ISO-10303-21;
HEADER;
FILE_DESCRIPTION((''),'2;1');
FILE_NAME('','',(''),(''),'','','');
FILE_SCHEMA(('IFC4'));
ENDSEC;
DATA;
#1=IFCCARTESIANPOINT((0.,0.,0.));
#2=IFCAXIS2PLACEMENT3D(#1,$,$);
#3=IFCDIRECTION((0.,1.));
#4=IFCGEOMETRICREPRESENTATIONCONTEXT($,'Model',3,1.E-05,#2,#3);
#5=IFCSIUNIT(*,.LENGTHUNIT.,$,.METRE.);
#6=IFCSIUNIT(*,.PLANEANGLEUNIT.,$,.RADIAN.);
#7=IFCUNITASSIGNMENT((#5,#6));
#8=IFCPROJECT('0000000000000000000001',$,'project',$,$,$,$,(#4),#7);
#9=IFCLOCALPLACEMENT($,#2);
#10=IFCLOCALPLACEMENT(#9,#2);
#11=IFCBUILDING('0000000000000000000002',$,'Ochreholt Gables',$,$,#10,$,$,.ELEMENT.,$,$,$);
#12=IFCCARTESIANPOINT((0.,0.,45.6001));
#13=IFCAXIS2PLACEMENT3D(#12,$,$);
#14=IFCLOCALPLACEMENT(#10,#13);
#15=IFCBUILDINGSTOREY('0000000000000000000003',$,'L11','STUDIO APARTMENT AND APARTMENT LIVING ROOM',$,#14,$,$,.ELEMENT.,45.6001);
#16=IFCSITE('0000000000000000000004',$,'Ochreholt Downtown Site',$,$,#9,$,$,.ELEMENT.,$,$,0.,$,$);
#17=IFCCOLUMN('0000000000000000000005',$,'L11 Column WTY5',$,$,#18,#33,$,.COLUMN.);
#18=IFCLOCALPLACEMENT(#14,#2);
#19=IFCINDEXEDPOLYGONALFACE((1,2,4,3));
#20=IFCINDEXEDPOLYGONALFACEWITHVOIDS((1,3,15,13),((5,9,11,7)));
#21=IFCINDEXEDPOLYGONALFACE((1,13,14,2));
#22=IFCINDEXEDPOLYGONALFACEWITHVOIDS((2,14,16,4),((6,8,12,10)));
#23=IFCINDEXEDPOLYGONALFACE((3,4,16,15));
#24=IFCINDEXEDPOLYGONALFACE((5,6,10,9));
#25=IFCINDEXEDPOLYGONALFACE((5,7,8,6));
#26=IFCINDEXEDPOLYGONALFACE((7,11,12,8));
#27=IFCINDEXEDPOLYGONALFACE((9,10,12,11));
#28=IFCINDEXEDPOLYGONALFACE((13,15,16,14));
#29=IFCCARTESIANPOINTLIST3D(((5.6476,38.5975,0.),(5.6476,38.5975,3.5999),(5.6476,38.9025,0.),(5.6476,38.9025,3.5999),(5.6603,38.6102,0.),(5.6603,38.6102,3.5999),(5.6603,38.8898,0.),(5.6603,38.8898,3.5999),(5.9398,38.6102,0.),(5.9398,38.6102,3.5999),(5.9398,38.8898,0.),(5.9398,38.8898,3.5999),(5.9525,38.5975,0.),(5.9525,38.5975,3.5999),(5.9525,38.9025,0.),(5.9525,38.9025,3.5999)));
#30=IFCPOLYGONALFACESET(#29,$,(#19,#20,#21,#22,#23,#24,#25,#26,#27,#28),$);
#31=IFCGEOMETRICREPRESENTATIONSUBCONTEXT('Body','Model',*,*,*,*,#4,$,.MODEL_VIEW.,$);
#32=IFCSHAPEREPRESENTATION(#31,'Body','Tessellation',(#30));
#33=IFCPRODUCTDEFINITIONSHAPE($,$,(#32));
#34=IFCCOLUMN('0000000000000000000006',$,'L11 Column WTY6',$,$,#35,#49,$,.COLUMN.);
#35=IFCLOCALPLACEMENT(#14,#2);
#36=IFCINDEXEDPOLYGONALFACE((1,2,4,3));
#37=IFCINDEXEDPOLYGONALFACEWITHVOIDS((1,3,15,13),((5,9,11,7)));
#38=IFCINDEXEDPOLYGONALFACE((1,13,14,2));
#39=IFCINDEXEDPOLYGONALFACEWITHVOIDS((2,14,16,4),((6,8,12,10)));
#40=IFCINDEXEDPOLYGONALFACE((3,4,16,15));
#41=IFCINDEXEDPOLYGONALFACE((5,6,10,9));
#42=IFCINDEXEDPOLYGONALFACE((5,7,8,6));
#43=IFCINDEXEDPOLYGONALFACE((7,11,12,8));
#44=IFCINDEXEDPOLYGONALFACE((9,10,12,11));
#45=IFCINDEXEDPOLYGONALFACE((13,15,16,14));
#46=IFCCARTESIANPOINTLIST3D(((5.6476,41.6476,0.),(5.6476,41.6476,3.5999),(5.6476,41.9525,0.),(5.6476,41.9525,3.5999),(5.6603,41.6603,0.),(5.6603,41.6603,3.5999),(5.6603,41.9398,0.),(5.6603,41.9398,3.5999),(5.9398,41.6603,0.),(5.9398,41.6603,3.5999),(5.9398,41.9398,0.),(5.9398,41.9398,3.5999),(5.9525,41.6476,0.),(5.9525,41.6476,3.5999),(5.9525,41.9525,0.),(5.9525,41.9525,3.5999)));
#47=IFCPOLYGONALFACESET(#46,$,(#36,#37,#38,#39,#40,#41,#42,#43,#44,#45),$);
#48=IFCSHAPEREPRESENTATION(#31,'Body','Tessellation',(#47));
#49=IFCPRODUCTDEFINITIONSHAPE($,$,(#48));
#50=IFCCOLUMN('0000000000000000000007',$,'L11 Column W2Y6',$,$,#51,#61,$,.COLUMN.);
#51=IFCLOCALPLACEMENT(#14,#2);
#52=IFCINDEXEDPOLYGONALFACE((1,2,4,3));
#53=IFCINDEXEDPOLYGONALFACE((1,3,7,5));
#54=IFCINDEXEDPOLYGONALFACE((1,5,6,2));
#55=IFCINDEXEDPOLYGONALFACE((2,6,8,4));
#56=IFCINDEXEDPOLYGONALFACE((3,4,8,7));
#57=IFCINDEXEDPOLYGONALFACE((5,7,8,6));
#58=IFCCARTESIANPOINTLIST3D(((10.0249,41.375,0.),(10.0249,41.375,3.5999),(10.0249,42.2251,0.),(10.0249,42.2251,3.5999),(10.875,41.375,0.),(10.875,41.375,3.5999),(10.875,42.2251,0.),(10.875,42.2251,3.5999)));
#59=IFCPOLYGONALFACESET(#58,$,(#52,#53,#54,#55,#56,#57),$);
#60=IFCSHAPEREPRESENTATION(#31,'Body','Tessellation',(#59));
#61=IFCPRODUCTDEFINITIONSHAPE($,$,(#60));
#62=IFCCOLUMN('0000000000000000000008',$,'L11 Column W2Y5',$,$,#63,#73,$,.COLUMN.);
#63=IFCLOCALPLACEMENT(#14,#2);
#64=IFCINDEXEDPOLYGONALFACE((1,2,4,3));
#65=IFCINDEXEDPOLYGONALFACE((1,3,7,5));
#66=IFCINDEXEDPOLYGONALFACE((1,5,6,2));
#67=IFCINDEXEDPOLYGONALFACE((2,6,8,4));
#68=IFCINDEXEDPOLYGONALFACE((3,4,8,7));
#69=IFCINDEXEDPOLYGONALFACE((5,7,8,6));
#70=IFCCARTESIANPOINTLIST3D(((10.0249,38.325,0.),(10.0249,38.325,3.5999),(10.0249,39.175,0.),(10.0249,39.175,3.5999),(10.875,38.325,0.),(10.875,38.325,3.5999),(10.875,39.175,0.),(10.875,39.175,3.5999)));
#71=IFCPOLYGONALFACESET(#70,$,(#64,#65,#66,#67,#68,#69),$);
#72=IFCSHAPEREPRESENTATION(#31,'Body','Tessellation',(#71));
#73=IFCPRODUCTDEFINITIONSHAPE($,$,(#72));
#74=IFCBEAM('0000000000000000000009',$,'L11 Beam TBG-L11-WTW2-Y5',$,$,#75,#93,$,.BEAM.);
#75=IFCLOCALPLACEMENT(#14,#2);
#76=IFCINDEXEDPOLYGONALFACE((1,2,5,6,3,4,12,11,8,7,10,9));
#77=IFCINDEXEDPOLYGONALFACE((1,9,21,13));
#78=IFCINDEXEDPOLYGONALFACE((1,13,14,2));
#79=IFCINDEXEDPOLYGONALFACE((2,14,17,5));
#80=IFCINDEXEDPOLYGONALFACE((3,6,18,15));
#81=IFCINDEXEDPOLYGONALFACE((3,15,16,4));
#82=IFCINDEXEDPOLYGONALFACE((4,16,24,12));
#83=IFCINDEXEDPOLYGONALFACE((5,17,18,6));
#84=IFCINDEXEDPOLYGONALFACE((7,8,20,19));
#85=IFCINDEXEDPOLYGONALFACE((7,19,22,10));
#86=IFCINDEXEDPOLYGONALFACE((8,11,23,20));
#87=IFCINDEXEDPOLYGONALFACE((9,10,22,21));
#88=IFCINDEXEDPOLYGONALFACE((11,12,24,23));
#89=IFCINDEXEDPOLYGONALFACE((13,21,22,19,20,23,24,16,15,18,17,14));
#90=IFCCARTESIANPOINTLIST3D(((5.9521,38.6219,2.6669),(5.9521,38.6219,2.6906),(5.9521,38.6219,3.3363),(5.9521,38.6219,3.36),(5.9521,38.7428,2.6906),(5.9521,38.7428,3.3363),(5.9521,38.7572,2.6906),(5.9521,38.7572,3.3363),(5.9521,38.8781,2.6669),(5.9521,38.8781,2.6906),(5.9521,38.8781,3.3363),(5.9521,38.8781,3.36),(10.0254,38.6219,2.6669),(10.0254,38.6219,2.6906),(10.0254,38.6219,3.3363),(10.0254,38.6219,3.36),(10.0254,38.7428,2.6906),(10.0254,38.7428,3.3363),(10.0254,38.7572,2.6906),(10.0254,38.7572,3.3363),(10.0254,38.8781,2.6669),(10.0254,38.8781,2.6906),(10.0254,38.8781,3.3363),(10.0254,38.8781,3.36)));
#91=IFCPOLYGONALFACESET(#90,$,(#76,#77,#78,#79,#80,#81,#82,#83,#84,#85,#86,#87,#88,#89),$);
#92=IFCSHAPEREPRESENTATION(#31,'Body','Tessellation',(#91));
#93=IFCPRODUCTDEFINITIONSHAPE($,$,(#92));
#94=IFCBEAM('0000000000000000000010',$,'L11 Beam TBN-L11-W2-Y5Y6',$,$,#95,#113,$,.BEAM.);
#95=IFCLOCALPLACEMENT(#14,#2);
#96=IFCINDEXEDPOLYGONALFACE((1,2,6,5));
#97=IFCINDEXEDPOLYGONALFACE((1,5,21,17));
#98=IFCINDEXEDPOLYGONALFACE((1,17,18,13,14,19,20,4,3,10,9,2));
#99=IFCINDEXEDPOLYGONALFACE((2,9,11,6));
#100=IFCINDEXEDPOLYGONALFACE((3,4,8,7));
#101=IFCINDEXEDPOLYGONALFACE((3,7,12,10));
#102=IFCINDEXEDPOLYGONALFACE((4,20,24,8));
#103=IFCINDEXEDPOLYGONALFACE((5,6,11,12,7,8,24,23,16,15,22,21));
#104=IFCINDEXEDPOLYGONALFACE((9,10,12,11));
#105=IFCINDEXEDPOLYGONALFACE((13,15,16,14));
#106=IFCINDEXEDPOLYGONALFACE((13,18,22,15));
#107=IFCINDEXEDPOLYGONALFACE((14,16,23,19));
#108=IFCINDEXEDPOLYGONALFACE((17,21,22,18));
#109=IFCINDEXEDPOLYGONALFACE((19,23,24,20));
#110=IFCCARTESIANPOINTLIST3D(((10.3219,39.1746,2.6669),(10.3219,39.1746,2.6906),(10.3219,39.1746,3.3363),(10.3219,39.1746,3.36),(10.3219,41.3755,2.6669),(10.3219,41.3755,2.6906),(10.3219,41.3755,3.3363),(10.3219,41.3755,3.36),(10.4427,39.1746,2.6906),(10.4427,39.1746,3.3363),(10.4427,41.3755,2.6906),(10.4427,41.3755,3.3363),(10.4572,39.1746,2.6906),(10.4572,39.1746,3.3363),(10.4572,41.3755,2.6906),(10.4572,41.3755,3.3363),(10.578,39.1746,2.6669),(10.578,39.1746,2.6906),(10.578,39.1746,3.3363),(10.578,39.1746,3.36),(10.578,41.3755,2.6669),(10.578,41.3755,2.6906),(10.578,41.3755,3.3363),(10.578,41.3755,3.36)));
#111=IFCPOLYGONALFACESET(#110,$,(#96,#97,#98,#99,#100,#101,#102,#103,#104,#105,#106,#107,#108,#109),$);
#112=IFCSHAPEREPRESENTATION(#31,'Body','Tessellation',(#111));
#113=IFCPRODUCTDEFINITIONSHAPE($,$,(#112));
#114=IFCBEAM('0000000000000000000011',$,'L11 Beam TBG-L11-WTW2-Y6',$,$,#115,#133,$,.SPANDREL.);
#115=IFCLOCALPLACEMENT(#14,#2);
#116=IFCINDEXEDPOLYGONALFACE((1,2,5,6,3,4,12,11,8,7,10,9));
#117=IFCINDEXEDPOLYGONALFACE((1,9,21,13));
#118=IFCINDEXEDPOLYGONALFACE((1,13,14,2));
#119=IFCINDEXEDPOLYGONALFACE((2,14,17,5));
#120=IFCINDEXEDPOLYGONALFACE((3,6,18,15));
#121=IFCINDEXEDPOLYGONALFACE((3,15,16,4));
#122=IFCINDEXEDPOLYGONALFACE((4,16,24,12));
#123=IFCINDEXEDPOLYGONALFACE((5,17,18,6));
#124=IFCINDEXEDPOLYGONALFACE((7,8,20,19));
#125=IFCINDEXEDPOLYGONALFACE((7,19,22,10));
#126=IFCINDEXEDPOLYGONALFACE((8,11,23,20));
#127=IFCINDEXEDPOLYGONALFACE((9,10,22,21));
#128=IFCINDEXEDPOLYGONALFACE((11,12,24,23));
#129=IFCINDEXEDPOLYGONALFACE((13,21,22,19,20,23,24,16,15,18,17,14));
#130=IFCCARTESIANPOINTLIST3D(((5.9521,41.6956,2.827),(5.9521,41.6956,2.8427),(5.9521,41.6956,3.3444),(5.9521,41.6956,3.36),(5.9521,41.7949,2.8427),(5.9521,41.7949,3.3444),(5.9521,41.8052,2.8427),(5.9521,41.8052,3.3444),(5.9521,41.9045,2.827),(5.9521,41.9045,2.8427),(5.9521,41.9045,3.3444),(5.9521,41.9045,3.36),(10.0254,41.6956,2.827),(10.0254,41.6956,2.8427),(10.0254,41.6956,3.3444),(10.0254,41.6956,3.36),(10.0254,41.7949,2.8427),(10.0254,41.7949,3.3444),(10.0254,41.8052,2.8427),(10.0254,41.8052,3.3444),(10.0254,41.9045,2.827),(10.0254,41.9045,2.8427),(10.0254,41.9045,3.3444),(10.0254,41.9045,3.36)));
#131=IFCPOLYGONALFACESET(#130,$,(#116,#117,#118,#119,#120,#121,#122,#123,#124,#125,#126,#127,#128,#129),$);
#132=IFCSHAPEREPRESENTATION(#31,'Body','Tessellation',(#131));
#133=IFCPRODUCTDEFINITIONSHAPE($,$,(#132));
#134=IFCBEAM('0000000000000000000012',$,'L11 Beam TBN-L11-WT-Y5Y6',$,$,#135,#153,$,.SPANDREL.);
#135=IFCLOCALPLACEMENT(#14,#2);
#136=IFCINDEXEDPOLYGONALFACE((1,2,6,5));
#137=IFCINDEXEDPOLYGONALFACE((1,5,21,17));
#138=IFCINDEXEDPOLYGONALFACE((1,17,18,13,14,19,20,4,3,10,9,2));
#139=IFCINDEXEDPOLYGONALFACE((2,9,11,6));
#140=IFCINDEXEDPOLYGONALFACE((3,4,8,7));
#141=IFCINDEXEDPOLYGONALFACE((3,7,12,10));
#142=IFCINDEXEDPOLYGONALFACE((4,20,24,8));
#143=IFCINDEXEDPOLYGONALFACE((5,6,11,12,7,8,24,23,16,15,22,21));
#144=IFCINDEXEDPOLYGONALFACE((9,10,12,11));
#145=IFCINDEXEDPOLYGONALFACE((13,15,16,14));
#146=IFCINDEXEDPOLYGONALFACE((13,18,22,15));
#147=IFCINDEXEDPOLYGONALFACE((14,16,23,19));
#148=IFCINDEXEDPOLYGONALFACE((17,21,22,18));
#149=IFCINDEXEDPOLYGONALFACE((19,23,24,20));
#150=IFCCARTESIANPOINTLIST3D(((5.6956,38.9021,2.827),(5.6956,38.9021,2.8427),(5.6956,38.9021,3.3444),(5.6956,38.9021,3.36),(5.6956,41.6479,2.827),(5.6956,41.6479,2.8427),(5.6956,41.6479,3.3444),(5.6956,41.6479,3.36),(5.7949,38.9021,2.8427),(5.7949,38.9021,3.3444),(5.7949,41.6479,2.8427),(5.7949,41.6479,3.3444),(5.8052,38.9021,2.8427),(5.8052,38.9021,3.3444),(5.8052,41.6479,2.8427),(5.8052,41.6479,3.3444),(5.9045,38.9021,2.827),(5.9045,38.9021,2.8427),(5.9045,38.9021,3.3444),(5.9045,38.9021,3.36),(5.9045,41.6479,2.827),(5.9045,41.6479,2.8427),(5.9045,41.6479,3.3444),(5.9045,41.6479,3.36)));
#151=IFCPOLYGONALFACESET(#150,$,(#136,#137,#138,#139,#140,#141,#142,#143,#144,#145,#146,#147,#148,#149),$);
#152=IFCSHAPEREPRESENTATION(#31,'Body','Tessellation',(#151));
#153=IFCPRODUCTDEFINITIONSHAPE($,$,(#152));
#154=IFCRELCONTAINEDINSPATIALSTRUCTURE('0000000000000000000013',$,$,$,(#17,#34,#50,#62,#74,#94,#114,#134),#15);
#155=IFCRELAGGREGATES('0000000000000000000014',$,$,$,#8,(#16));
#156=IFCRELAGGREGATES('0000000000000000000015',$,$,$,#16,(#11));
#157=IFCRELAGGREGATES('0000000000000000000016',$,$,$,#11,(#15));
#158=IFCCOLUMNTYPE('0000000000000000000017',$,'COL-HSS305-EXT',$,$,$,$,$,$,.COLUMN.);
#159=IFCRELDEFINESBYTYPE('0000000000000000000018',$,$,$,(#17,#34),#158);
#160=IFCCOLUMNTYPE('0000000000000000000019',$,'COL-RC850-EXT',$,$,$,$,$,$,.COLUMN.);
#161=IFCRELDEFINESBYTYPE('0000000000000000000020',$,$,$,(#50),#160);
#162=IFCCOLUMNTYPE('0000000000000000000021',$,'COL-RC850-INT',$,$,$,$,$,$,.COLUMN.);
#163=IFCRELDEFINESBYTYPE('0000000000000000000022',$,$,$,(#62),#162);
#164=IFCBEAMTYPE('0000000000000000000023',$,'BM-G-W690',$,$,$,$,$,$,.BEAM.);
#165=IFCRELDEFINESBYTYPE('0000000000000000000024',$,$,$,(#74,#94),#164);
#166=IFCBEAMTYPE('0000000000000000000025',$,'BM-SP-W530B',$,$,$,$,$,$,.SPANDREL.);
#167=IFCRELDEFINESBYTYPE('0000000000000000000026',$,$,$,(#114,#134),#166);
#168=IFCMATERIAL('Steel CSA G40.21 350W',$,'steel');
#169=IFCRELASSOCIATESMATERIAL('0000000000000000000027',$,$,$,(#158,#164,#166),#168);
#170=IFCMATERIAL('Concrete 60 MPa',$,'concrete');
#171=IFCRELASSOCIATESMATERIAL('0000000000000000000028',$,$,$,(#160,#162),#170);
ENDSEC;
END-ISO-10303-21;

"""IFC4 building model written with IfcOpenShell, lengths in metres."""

from ifc_helpers import new_model, si_unit, direction, frame, origin, origin_2d, place, context, subcontext, project, spatial, rectangle, hollow_rectangle, i_section, extrude, material, material_profile, profile_set, type_object, element, save


model = new_model("IFC4")

# Units and contexts
model_context = context("Model", 3, precision=1e-05, world=origin(), true_north=direction((0.0, 1.0)))
body_context = subcontext(model_context, "Body", "Model", "MODEL_VIEW")
ifc_project = project(units=[si_unit("LENGTHUNIT", "METRE"), si_unit("PLANEANGLEUNIT", "RADIAN")], contexts=[model_context])

# Site, building, storey
site_placement = place(None, origin())
site = spatial("IfcSite", under=ifc_project, at=site_placement, Name="Ochreholt Downtown Site", CompositionType="ELEMENT", RefElevation=0.0)
building_placement = place(site_placement, origin())
building = spatial("IfcBuilding", under=site, at=building_placement, Name="Ochreholt Gables", CompositionType="ELEMENT")
storey_placement = place(building_placement, frame((0.0, 0.0, 45.6001)))
storey = spatial("IfcBuildingStorey", under=building, at=storey_placement, Name="L11", Description="STUDIO APARTMENT AND APARTMENT LIVING ROOM", CompositionType="ELEMENT", Elevation=45.6001)

# Columns
ifc_material_1 = material(Name="Steel CSA G40.21 350W", Category="steel")
ifc_material_profile_1 = material_profile(ifc_material_1, hollow_rectangle(XDim=0.3049, YDim=0.3049, WallThickness=0.0127, at=origin_2d()), Name="HSS305X305X13")
ifc_profile_set_1 = profile_set([ifc_material_profile_1], Name="Steel CSA G40.21 350W")
column_type_1 = type_object("IfcColumnType", Name="COL-HSS305-EXT", PredefinedType="COLUMN", material=ifc_profile_set_1)
for number, where, z_axis, x_axis, name in (
    (1, (5.8, 38.75, 0.0), (0.0, 0.0, 1.0), (1.0, 0.0, 0.0), "L11 Column WTY5"),
    (2, (5.8, 41.8, 0.0), (0.0, 0.0, 1.0), (1.0, 0.0, 0.0), "L11 Column WTY6"),
):
    element("IfcColumn", number, at=place(storey_placement, frame(where, z_axis=z_axis, x_axis=x_axis)), inside=storey, type_object=column_type_1, Name=name, PredefinedType="COLUMN", context=body_context, shape_type="SweptSolid", body=[
        extrude(hollow_rectangle(XDim=0.3049, YDim=0.3049, WallThickness=0.0127, at=origin_2d()), origin(), (0.0, 0.0, 1.0), 3.5999),
    ])
ifc_material_2 = material(Name="Concrete 60 MPa", Category="concrete")
ifc_material_profile_2 = material_profile(ifc_material_2, rectangle(XDim=0.8501, YDim=0.8501, at=origin_2d()), Name="RC850X850")
ifc_profile_set_2 = profile_set([ifc_material_profile_2], Name="Concrete 60 MPa")
column_type_2 = type_object("IfcColumnType", Name="COL-RC850-EXT", PredefinedType="COLUMN", material=ifc_profile_set_2)
column_1_placement = place(storey_placement, frame((10.45, 41.8, 0.0), z_axis=(0.0, 0.0, 1.0), x_axis=(1.0, 0.0, 0.0)))
element("IfcColumn", 3, at=column_1_placement, inside=storey, type_object=column_type_2, Name="L11 Column W2Y6", PredefinedType="COLUMN", context=body_context, shape_type="SweptSolid", body=[
    extrude(rectangle(XDim=0.8501, YDim=0.8501, at=origin_2d()), origin(), (0.0, 0.0, 1.0), 3.5999),
])
ifc_material_profile_3 = material_profile(ifc_material_2, rectangle(XDim=0.8501, YDim=0.8501, at=origin_2d()), Name="RC850X850")
ifc_profile_set_3 = profile_set([ifc_material_profile_3], Name="Concrete 60 MPa")
column_type_3 = type_object("IfcColumnType", Name="COL-RC850-INT", PredefinedType="COLUMN", material=ifc_profile_set_3)
column_2_placement = place(storey_placement, frame((10.45, 38.75, 0.0), z_axis=(0.0, 0.0, 1.0), x_axis=(1.0, 0.0, 0.0)))
element("IfcColumn", 4, at=column_2_placement, inside=storey, type_object=column_type_3, Name="L11 Column W2Y5", PredefinedType="COLUMN", context=body_context, shape_type="SweptSolid", body=[
    extrude(rectangle(XDim=0.8501, YDim=0.8501, at=origin_2d()), origin(), (0.0, 0.0, 1.0), 3.5999),
])

# Beams
ifc_material_profile_4 = material_profile(ifc_material_1, i_section(OverallWidth=0.2561, OverallDepth=0.6931, WebThickness=0.0144, FlangeThickness=0.0237, at=origin_2d()), Name="W690X170")
ifc_profile_set_4 = profile_set([ifc_material_profile_4], Name="Steel CSA G40.21 350W")
beam_type_1 = type_object("IfcBeamType", Name="BM-G-W690", PredefinedType="BEAM", material=ifc_profile_set_4)
beam_1_placement = place(storey_placement, frame((5.9521, 38.75, 3.0134), z_axis=(1.0, 0.0, 0.0), x_axis=(0.0, 1.0, 0.0)))
element("IfcBeam", 5, at=beam_1_placement, inside=storey, type_object=beam_type_1, Name="L11 Beam TBG-L11-WTW2-Y5", PredefinedType="BEAM", context=body_context, shape_type="SweptSolid", body=[
    extrude(i_section(OverallWidth=0.2561, OverallDepth=0.6931, WebThickness=0.0144, FlangeThickness=0.0237, at=origin_2d()), origin(), (0.0, 0.0, 1.0), 4.0732),
])
beam_2_placement = place(storey_placement, frame((10.45, 39.1746, 3.0134), z_axis=(0.0, 1.0, 0.0), x_axis=(-1.0, 0.0, 0.0)))
element("IfcBeam", 6, at=beam_2_placement, inside=storey, type_object=beam_type_1, Name="L11 Beam TBN-L11-W2-Y5Y6", PredefinedType="BEAM", context=body_context, shape_type="SweptSolid", body=[
    extrude(i_section(OverallWidth=0.2561, OverallDepth=0.6931, WebThickness=0.0144, FlangeThickness=0.0237, at=origin_2d()), origin(), (0.0, 0.0, 1.0), 2.2009),
])
ifc_material_profile_5 = material_profile(ifc_material_1, i_section(OverallWidth=0.209, OverallDepth=0.533, WebThickness=0.0103, FlangeThickness=0.0156, at=origin_2d()), Name="W530X92")
ifc_profile_set_5 = profile_set([ifc_material_profile_5], Name="Steel CSA G40.21 350W")
beam_type_2 = type_object("IfcBeamType", Name="BM-SP-W530B", PredefinedType="SPANDREL", material=ifc_profile_set_5)
beam_3_placement = place(storey_placement, frame((5.9521, 41.8, 3.0935), z_axis=(1.0, 0.0, 0.0), x_axis=(0.0, 1.0, 0.0)))
element("IfcBeam", 7, at=beam_3_placement, inside=storey, type_object=beam_type_2, Name="L11 Beam TBG-L11-WTW2-Y6", PredefinedType="SPANDREL", context=body_context, shape_type="SweptSolid", body=[
    extrude(i_section(OverallWidth=0.209, OverallDepth=0.533, WebThickness=0.0103, FlangeThickness=0.0156, at=origin_2d()), origin(), (0.0, 0.0, 1.0), 4.0732),
])
beam_4_placement = place(storey_placement, frame((5.8, 38.9021, 3.0935), z_axis=(0.0, 1.0, 0.0), x_axis=(-1.0, 0.0, 0.0)))
element("IfcBeam", 8, at=beam_4_placement, inside=storey, type_object=beam_type_2, Name="L11 Beam TBN-L11-WT-Y5Y6", PredefinedType="SPANDREL", context=body_context, shape_type="SweptSolid", body=[
    extrude(i_section(OverallWidth=0.209, OverallDepth=0.533, WebThickness=0.0103, FlangeThickness=0.0156, at=origin_2d()), origin(), (0.0, 0.0, 1.0), 2.7458),
])

save(model, "model.ifc")
